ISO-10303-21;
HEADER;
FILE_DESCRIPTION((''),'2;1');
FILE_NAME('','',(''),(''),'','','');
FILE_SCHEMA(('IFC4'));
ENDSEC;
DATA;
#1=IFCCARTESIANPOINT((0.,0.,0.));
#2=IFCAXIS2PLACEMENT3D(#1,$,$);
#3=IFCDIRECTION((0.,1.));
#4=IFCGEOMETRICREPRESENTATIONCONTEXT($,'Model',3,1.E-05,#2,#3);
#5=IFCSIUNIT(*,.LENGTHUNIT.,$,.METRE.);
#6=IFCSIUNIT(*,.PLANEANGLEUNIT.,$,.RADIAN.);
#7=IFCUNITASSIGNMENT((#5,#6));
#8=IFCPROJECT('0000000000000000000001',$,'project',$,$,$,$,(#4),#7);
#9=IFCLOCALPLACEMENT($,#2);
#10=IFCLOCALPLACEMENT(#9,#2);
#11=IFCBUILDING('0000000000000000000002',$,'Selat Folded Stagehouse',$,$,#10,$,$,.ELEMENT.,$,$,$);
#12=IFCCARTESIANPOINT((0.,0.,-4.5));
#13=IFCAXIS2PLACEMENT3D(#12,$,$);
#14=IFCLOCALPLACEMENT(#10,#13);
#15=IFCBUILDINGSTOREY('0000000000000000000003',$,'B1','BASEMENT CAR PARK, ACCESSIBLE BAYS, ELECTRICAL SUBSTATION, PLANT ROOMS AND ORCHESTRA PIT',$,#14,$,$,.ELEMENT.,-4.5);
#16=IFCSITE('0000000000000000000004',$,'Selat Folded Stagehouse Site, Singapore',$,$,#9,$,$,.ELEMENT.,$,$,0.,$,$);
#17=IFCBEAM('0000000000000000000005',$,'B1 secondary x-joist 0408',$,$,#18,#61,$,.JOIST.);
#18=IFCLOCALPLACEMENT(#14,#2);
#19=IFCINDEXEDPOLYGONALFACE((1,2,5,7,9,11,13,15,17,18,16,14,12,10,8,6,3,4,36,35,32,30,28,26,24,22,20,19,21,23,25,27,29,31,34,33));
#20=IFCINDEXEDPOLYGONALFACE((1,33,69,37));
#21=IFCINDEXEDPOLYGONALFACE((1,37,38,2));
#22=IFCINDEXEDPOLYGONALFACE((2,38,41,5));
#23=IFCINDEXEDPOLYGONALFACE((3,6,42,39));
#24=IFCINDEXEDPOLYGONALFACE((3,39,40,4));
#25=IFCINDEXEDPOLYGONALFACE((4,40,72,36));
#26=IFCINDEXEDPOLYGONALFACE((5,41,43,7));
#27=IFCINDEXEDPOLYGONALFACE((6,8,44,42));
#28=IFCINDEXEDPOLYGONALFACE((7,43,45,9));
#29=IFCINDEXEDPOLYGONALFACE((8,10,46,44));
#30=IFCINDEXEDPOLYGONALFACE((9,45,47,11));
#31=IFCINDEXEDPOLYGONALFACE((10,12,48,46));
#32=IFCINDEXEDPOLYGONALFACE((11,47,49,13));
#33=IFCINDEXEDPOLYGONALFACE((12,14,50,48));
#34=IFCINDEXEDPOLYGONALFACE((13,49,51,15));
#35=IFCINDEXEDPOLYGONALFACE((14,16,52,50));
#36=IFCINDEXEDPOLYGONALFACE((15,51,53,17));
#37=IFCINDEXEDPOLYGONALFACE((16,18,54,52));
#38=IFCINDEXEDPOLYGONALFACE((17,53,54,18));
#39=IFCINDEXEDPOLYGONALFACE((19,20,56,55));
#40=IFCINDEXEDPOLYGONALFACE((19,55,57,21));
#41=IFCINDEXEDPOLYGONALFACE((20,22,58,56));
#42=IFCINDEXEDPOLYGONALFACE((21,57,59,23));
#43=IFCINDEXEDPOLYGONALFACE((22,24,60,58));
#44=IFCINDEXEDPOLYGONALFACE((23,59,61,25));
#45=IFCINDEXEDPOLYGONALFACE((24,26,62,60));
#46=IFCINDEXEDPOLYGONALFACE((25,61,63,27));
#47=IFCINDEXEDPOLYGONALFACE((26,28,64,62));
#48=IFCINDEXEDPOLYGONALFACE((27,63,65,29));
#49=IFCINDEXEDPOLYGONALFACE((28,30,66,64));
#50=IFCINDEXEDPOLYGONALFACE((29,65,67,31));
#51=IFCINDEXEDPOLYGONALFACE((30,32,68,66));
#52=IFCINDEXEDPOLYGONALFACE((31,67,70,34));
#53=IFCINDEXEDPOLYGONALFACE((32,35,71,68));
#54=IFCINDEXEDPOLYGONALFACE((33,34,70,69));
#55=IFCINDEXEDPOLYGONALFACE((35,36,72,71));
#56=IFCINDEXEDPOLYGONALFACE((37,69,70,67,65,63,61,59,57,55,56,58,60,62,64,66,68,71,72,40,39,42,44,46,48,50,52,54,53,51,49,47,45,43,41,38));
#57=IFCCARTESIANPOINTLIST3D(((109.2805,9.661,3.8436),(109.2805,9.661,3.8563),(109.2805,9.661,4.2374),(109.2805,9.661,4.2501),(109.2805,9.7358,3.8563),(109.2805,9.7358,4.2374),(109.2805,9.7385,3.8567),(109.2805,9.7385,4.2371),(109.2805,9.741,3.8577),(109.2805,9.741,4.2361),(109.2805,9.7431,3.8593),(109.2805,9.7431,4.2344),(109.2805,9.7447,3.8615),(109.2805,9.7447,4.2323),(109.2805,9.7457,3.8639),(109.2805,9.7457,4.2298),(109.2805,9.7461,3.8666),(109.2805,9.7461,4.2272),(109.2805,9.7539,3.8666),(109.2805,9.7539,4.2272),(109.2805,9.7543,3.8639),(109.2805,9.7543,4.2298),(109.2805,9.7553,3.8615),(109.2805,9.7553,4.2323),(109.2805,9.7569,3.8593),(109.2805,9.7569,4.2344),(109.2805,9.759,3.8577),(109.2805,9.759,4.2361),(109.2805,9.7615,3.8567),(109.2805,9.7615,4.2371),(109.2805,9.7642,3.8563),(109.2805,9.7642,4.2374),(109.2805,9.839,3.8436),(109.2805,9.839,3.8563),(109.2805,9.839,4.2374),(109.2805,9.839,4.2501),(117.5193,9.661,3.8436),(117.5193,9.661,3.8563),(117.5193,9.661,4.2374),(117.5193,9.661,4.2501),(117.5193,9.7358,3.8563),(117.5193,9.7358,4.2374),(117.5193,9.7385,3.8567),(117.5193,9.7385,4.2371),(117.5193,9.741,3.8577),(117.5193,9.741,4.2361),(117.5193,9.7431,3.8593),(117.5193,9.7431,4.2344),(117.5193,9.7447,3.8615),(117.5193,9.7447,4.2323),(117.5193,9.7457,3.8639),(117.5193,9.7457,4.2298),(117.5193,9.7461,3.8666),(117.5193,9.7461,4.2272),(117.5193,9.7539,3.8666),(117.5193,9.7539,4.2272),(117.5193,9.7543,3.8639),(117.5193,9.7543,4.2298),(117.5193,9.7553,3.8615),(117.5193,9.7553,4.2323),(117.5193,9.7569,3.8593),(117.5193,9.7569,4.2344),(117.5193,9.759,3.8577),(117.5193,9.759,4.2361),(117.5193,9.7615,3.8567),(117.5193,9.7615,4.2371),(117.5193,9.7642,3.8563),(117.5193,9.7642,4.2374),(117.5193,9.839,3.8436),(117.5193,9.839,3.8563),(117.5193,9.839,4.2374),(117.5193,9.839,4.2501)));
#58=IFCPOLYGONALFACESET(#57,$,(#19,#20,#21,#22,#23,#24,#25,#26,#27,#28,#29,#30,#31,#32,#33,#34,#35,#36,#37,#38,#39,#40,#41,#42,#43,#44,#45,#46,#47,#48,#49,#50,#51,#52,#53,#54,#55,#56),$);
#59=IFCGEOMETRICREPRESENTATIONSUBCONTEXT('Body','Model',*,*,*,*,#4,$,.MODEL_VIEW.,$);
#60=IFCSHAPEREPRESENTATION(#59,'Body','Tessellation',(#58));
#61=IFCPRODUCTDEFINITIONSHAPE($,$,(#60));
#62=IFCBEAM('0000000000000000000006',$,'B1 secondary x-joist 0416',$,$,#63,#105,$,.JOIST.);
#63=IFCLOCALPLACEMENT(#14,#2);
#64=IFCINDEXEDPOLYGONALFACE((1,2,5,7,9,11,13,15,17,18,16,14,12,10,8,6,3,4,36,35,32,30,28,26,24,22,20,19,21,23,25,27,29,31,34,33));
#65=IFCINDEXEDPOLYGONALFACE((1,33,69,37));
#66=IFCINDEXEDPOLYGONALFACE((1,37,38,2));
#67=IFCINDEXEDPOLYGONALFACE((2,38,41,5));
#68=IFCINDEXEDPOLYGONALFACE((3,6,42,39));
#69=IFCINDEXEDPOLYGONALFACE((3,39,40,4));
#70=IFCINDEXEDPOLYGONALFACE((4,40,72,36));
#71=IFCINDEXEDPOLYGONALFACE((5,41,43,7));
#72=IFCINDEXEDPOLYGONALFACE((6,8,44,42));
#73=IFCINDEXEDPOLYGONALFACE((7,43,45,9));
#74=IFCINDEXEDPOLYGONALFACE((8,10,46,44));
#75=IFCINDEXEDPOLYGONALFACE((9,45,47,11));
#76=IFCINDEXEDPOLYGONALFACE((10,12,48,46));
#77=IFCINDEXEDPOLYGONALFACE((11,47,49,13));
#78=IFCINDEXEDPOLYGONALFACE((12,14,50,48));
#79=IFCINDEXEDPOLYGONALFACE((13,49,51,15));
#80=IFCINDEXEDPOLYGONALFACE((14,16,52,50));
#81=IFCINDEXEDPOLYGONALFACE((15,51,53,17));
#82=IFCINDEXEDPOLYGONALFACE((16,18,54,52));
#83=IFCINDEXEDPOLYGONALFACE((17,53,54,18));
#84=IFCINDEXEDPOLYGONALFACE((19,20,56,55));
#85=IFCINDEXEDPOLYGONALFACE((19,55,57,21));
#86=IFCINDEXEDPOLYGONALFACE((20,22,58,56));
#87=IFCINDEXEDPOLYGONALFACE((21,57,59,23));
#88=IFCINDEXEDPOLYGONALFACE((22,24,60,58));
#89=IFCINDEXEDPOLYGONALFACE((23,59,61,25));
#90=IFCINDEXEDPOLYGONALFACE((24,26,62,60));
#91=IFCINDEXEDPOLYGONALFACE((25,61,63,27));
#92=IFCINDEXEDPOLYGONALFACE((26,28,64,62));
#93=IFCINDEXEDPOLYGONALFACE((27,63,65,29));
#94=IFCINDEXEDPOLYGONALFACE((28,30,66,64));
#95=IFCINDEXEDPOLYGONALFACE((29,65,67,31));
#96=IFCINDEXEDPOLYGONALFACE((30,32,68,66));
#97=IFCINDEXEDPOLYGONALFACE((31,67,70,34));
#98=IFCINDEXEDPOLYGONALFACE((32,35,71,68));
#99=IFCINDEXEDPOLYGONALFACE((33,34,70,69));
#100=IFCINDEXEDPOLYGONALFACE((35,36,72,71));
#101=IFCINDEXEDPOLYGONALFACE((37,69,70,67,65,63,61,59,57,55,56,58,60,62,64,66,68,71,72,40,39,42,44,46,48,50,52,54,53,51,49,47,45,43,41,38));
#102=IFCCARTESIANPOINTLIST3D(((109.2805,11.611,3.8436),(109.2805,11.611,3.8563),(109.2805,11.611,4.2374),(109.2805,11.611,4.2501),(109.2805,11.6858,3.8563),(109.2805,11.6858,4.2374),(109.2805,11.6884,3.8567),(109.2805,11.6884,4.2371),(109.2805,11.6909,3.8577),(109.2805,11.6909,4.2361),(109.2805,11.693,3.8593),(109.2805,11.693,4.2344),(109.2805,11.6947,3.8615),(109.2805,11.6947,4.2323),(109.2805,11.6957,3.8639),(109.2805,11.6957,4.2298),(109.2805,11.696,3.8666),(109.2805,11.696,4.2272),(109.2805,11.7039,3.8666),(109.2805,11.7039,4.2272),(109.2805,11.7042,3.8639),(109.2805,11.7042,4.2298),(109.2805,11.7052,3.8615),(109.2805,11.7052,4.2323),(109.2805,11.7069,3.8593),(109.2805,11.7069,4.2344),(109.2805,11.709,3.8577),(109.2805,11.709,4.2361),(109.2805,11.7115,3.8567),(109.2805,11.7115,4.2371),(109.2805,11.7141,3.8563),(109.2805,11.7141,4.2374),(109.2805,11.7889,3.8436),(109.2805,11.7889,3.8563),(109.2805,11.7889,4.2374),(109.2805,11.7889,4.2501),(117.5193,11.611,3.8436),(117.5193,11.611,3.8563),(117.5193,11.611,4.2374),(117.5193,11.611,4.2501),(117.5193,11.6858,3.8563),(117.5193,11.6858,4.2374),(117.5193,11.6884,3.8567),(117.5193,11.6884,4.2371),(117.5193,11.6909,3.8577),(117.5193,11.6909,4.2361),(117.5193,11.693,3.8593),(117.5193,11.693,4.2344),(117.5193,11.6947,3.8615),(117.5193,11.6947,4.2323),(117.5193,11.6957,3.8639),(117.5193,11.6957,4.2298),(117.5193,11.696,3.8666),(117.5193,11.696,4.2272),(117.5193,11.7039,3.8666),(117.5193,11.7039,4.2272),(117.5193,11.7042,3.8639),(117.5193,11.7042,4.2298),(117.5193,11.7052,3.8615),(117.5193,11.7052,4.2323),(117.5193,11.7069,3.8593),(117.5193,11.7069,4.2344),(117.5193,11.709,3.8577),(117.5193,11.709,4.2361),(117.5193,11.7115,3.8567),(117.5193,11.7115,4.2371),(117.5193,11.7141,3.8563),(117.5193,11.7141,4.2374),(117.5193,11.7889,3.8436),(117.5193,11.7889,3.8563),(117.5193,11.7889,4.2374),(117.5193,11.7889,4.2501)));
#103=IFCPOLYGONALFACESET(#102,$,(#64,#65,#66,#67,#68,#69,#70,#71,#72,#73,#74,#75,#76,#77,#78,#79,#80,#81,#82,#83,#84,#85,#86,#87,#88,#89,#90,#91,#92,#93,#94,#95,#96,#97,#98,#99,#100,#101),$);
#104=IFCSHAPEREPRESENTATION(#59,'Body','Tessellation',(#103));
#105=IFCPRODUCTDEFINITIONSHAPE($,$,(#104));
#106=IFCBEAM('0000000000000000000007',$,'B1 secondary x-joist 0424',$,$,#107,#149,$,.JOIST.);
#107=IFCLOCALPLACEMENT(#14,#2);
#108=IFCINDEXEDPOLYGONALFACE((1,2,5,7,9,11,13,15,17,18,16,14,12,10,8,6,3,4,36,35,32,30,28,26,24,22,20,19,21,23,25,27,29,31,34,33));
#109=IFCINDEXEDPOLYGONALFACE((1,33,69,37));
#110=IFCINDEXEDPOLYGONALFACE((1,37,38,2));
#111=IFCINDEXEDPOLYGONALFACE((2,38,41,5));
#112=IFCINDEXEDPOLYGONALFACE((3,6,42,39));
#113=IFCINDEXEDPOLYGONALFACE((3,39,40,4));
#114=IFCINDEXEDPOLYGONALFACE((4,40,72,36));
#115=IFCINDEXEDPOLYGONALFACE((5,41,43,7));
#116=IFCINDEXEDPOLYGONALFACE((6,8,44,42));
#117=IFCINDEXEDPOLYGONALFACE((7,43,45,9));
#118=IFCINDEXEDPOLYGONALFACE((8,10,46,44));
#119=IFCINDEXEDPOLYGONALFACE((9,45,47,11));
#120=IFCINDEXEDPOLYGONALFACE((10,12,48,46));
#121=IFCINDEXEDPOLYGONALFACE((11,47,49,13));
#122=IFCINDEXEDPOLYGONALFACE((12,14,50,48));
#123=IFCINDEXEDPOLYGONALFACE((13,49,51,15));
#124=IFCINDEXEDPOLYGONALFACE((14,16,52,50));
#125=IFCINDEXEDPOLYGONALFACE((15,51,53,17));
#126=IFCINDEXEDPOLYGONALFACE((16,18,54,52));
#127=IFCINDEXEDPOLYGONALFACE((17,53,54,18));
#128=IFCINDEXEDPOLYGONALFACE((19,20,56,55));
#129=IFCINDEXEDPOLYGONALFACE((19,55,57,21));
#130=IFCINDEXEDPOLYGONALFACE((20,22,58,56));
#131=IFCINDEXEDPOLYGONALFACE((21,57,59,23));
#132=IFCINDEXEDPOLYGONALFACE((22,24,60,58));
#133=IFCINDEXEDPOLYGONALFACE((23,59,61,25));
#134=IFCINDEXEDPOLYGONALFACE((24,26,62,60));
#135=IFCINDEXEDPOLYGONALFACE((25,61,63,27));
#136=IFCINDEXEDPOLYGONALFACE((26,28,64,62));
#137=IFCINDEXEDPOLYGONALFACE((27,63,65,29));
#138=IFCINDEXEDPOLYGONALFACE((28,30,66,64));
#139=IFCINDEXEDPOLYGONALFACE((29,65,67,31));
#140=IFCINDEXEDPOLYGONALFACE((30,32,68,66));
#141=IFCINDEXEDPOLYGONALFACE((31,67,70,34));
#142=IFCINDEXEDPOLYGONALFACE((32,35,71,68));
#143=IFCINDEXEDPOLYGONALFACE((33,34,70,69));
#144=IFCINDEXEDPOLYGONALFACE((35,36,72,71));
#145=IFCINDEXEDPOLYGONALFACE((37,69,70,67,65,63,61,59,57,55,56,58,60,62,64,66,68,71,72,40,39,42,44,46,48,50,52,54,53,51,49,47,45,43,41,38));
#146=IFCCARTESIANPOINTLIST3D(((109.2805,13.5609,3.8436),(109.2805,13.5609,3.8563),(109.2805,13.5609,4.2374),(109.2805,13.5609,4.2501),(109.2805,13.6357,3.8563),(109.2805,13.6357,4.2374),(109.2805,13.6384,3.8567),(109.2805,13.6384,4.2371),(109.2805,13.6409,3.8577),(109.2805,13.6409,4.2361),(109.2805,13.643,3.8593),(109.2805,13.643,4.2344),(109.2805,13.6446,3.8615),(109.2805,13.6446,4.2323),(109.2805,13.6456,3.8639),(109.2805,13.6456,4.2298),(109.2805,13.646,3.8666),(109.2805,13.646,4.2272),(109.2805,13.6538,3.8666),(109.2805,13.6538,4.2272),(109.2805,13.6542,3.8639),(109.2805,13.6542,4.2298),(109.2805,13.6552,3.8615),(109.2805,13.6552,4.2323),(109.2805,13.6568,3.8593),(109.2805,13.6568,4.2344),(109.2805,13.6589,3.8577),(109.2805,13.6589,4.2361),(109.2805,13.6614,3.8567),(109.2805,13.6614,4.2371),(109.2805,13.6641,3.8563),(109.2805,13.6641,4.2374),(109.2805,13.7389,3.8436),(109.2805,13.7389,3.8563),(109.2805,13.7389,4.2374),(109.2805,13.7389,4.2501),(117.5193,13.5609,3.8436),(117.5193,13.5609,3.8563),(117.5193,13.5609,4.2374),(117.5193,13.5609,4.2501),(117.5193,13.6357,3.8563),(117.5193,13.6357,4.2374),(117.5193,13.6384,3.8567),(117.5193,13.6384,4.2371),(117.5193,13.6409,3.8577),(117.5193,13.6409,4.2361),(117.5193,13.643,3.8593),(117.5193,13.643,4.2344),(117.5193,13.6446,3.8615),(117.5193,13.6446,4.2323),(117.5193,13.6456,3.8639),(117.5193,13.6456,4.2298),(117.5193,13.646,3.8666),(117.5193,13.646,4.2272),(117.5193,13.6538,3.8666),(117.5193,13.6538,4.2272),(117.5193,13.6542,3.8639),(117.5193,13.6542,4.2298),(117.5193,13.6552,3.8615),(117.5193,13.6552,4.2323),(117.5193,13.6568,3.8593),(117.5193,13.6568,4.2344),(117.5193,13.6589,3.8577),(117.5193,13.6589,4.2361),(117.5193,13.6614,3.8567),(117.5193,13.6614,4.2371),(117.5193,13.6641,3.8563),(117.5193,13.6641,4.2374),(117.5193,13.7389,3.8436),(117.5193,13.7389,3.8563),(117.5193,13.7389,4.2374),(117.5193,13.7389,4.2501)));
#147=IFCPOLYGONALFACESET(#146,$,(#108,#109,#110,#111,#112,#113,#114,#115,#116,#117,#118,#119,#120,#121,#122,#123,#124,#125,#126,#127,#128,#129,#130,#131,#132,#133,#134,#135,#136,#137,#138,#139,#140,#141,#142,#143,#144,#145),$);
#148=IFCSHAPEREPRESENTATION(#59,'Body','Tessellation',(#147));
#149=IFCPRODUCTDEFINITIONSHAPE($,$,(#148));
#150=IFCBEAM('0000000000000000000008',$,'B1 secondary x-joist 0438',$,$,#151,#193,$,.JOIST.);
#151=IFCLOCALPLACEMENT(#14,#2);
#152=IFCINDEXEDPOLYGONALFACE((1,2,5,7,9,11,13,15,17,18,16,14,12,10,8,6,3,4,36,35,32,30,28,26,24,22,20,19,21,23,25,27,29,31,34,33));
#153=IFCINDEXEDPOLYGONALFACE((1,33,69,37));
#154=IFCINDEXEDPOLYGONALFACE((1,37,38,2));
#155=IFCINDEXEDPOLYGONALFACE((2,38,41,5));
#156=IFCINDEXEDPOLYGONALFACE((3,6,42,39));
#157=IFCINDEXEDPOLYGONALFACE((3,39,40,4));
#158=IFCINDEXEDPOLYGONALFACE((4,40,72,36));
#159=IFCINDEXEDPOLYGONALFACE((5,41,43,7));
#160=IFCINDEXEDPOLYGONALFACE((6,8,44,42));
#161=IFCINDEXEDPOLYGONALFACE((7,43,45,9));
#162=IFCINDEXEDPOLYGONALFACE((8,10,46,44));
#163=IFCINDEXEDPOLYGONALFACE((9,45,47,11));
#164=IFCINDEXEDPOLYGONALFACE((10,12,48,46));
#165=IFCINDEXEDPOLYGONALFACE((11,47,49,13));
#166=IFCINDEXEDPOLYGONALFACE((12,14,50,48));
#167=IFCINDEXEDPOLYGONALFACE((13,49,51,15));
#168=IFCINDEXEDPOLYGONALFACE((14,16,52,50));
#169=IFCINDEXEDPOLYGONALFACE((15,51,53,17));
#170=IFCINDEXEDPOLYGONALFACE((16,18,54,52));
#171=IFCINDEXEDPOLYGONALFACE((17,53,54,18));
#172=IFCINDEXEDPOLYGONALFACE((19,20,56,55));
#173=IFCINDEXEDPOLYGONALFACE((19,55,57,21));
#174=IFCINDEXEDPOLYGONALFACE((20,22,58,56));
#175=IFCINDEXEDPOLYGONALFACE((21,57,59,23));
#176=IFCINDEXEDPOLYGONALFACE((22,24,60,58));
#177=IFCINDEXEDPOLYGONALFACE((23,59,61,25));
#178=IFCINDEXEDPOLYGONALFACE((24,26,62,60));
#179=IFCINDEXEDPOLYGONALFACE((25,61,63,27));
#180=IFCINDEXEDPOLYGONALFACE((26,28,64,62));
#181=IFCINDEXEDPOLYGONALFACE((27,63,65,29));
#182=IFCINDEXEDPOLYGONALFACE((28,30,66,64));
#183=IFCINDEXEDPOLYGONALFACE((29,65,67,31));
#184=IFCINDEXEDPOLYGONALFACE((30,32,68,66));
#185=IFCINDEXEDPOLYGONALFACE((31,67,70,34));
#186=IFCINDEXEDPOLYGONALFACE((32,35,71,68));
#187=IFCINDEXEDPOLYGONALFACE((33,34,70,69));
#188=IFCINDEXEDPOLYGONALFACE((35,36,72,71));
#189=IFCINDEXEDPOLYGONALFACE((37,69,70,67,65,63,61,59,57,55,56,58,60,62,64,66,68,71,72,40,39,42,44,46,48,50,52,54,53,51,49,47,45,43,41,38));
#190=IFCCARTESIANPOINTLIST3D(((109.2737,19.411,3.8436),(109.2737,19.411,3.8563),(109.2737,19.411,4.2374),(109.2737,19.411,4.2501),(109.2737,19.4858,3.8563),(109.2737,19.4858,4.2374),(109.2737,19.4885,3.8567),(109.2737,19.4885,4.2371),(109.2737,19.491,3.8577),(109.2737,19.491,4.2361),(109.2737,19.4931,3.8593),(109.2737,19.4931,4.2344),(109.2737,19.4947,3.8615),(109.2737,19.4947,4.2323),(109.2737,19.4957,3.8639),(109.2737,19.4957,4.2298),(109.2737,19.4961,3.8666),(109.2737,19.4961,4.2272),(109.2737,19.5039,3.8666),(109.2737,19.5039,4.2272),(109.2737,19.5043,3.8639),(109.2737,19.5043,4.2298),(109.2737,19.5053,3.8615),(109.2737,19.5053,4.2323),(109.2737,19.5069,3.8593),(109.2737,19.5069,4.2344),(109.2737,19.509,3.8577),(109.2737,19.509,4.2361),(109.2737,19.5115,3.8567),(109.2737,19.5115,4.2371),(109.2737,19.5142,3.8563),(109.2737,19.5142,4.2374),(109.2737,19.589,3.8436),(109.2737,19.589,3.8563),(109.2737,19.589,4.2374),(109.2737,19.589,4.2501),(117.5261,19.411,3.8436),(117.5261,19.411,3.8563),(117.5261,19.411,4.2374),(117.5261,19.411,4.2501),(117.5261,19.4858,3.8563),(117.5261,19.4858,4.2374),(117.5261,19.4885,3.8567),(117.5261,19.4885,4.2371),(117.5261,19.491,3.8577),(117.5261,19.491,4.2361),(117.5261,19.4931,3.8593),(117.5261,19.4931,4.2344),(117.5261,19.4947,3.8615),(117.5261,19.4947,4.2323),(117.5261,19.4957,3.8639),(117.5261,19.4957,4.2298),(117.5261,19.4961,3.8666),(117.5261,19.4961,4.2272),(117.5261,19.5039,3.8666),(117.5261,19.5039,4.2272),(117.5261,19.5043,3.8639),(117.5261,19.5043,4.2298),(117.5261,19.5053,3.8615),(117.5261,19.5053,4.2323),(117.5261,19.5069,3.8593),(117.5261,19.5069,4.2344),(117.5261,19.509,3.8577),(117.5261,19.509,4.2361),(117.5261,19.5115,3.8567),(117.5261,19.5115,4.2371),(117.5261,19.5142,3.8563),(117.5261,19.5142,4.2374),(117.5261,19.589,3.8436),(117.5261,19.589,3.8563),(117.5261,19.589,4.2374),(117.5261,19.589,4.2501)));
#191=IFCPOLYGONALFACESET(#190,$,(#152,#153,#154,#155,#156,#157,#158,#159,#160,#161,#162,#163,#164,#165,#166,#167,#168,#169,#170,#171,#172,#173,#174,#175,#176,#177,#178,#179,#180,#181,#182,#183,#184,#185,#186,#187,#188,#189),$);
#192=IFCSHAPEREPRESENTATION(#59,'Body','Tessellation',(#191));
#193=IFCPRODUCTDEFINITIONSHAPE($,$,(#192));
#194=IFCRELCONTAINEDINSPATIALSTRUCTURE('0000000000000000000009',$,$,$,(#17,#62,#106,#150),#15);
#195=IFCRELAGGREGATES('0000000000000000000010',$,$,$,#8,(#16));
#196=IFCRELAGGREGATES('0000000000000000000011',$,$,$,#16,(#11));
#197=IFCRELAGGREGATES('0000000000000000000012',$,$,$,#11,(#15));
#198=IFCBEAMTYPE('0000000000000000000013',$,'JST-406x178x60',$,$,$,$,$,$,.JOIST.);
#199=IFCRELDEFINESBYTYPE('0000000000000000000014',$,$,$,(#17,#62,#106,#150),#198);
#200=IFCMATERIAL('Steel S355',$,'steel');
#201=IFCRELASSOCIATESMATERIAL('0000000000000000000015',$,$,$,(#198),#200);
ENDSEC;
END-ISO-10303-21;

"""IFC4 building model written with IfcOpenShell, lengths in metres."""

from ifc_helpers import new_model, si_unit, direction, frame, origin, origin_2d, place, context, subcontext, project, spatial, i_section, extrude, material, material_profile, profile_set, type_object, element, save


model = new_model("IFC4")

# Units and contexts
model_context = context("Model", 3, precision=1e-05, world=origin(), true_north=direction((0.0, 1.0)))
body_context = subcontext(model_context, "Body", "Model", "MODEL_VIEW")
ifc_project = project(units=[si_unit("LENGTHUNIT", "METRE"), si_unit("PLANEANGLEUNIT", "RADIAN")], contexts=[model_context])

# Site, building, storey
site_placement = place(None, origin())
site = spatial("IfcSite", under=ifc_project, at=site_placement, Name="Selat Folded Stagehouse Site, Singapore", CompositionType="ELEMENT", RefElevation=0.0)
building_placement = place(site_placement, origin())
building = spatial("IfcBuilding", under=site, at=building_placement, Name="Selat Folded Stagehouse", CompositionType="ELEMENT")
storey_placement = place(building_placement, frame((0.0, 0.0, -4.5)))
storey = spatial("IfcBuildingStorey", under=building, at=storey_placement, Name="B1", Description="BASEMENT CAR PARK, ACCESSIBLE BAYS, ELECTRICAL SUBSTATION, PLANT ROOMS AND ORCHESTRA PIT", CompositionType="ELEMENT", Elevation=-4.5)

# Shared definitions
ifc_material_1 = material(Name="Steel S355", Category="steel")

# Beams
ifc_material_profile_1 = material_profile(ifc_material_1, i_section(OverallWidth=0.178, OverallDepth=0.4065, WebThickness=0.0078, FlangeThickness=0.0127, FilletRadius=0.0103, at=origin_2d()), Name="UKB 406x178x60")
ifc_profile_set_1 = profile_set([ifc_material_profile_1], Name="Steel S355")
beam_type_1 = type_object("IfcBeamType", Name="JST-406x178x60", PredefinedType="JOIST", material=ifc_profile_set_1)
for number, where, z_axis, x_axis, name in (
    (1, (109.2805, 9.75, 4.0469), (1.0, 0.0, 0.0), (0.0, 1.0, 0.0), "B1 secondary x-joist 0408"),
    (2, (109.2805, 11.7, 4.0469), (1.0, 0.0, 0.0), (0.0, 1.0, 0.0), "B1 secondary x-joist 0416"),
    (3, (109.2805, 13.6499, 4.0469), (1.0, 0.0, 0.0), (0.0, 1.0, 0.0), "B1 secondary x-joist 0424"),
):
    element("IfcBeam", number, at=place(storey_placement, frame(where, z_axis=z_axis, x_axis=x_axis)), inside=storey, type_object=beam_type_1, Name=name, PredefinedType="JOIST", context=body_context, shape_type="SweptSolid", body=[
        extrude(i_section(OverallWidth=0.178, OverallDepth=0.4065, WebThickness=0.0078, FlangeThickness=0.0127, FilletRadius=0.0103, at=origin_2d()), origin(), (0.0, 0.0, 1.0), 8.2388),
    ])
for number, where, z_axis, x_axis, name in (
    (4, (109.2737, 19.5, 4.0469), (1.0, 0.0, 0.0), (0.0, 1.0, 0.0), "B1 secondary x-joist 0438"),
):
    element("IfcBeam", number, at=place(storey_placement, frame(where, z_axis=z_axis, x_axis=x_axis)), inside=storey, type_object=beam_type_1, Name=name, PredefinedType="JOIST", context=body_context, shape_type="SweptSolid", body=[
        extrude(i_section(OverallWidth=0.178, OverallDepth=0.4065, WebThickness=0.0078, FlangeThickness=0.0127, FilletRadius=0.0103, at=origin_2d()), origin(), (0.0, 0.0, 1.0), 8.2524),
    ])

save(model, "model.ifc")
